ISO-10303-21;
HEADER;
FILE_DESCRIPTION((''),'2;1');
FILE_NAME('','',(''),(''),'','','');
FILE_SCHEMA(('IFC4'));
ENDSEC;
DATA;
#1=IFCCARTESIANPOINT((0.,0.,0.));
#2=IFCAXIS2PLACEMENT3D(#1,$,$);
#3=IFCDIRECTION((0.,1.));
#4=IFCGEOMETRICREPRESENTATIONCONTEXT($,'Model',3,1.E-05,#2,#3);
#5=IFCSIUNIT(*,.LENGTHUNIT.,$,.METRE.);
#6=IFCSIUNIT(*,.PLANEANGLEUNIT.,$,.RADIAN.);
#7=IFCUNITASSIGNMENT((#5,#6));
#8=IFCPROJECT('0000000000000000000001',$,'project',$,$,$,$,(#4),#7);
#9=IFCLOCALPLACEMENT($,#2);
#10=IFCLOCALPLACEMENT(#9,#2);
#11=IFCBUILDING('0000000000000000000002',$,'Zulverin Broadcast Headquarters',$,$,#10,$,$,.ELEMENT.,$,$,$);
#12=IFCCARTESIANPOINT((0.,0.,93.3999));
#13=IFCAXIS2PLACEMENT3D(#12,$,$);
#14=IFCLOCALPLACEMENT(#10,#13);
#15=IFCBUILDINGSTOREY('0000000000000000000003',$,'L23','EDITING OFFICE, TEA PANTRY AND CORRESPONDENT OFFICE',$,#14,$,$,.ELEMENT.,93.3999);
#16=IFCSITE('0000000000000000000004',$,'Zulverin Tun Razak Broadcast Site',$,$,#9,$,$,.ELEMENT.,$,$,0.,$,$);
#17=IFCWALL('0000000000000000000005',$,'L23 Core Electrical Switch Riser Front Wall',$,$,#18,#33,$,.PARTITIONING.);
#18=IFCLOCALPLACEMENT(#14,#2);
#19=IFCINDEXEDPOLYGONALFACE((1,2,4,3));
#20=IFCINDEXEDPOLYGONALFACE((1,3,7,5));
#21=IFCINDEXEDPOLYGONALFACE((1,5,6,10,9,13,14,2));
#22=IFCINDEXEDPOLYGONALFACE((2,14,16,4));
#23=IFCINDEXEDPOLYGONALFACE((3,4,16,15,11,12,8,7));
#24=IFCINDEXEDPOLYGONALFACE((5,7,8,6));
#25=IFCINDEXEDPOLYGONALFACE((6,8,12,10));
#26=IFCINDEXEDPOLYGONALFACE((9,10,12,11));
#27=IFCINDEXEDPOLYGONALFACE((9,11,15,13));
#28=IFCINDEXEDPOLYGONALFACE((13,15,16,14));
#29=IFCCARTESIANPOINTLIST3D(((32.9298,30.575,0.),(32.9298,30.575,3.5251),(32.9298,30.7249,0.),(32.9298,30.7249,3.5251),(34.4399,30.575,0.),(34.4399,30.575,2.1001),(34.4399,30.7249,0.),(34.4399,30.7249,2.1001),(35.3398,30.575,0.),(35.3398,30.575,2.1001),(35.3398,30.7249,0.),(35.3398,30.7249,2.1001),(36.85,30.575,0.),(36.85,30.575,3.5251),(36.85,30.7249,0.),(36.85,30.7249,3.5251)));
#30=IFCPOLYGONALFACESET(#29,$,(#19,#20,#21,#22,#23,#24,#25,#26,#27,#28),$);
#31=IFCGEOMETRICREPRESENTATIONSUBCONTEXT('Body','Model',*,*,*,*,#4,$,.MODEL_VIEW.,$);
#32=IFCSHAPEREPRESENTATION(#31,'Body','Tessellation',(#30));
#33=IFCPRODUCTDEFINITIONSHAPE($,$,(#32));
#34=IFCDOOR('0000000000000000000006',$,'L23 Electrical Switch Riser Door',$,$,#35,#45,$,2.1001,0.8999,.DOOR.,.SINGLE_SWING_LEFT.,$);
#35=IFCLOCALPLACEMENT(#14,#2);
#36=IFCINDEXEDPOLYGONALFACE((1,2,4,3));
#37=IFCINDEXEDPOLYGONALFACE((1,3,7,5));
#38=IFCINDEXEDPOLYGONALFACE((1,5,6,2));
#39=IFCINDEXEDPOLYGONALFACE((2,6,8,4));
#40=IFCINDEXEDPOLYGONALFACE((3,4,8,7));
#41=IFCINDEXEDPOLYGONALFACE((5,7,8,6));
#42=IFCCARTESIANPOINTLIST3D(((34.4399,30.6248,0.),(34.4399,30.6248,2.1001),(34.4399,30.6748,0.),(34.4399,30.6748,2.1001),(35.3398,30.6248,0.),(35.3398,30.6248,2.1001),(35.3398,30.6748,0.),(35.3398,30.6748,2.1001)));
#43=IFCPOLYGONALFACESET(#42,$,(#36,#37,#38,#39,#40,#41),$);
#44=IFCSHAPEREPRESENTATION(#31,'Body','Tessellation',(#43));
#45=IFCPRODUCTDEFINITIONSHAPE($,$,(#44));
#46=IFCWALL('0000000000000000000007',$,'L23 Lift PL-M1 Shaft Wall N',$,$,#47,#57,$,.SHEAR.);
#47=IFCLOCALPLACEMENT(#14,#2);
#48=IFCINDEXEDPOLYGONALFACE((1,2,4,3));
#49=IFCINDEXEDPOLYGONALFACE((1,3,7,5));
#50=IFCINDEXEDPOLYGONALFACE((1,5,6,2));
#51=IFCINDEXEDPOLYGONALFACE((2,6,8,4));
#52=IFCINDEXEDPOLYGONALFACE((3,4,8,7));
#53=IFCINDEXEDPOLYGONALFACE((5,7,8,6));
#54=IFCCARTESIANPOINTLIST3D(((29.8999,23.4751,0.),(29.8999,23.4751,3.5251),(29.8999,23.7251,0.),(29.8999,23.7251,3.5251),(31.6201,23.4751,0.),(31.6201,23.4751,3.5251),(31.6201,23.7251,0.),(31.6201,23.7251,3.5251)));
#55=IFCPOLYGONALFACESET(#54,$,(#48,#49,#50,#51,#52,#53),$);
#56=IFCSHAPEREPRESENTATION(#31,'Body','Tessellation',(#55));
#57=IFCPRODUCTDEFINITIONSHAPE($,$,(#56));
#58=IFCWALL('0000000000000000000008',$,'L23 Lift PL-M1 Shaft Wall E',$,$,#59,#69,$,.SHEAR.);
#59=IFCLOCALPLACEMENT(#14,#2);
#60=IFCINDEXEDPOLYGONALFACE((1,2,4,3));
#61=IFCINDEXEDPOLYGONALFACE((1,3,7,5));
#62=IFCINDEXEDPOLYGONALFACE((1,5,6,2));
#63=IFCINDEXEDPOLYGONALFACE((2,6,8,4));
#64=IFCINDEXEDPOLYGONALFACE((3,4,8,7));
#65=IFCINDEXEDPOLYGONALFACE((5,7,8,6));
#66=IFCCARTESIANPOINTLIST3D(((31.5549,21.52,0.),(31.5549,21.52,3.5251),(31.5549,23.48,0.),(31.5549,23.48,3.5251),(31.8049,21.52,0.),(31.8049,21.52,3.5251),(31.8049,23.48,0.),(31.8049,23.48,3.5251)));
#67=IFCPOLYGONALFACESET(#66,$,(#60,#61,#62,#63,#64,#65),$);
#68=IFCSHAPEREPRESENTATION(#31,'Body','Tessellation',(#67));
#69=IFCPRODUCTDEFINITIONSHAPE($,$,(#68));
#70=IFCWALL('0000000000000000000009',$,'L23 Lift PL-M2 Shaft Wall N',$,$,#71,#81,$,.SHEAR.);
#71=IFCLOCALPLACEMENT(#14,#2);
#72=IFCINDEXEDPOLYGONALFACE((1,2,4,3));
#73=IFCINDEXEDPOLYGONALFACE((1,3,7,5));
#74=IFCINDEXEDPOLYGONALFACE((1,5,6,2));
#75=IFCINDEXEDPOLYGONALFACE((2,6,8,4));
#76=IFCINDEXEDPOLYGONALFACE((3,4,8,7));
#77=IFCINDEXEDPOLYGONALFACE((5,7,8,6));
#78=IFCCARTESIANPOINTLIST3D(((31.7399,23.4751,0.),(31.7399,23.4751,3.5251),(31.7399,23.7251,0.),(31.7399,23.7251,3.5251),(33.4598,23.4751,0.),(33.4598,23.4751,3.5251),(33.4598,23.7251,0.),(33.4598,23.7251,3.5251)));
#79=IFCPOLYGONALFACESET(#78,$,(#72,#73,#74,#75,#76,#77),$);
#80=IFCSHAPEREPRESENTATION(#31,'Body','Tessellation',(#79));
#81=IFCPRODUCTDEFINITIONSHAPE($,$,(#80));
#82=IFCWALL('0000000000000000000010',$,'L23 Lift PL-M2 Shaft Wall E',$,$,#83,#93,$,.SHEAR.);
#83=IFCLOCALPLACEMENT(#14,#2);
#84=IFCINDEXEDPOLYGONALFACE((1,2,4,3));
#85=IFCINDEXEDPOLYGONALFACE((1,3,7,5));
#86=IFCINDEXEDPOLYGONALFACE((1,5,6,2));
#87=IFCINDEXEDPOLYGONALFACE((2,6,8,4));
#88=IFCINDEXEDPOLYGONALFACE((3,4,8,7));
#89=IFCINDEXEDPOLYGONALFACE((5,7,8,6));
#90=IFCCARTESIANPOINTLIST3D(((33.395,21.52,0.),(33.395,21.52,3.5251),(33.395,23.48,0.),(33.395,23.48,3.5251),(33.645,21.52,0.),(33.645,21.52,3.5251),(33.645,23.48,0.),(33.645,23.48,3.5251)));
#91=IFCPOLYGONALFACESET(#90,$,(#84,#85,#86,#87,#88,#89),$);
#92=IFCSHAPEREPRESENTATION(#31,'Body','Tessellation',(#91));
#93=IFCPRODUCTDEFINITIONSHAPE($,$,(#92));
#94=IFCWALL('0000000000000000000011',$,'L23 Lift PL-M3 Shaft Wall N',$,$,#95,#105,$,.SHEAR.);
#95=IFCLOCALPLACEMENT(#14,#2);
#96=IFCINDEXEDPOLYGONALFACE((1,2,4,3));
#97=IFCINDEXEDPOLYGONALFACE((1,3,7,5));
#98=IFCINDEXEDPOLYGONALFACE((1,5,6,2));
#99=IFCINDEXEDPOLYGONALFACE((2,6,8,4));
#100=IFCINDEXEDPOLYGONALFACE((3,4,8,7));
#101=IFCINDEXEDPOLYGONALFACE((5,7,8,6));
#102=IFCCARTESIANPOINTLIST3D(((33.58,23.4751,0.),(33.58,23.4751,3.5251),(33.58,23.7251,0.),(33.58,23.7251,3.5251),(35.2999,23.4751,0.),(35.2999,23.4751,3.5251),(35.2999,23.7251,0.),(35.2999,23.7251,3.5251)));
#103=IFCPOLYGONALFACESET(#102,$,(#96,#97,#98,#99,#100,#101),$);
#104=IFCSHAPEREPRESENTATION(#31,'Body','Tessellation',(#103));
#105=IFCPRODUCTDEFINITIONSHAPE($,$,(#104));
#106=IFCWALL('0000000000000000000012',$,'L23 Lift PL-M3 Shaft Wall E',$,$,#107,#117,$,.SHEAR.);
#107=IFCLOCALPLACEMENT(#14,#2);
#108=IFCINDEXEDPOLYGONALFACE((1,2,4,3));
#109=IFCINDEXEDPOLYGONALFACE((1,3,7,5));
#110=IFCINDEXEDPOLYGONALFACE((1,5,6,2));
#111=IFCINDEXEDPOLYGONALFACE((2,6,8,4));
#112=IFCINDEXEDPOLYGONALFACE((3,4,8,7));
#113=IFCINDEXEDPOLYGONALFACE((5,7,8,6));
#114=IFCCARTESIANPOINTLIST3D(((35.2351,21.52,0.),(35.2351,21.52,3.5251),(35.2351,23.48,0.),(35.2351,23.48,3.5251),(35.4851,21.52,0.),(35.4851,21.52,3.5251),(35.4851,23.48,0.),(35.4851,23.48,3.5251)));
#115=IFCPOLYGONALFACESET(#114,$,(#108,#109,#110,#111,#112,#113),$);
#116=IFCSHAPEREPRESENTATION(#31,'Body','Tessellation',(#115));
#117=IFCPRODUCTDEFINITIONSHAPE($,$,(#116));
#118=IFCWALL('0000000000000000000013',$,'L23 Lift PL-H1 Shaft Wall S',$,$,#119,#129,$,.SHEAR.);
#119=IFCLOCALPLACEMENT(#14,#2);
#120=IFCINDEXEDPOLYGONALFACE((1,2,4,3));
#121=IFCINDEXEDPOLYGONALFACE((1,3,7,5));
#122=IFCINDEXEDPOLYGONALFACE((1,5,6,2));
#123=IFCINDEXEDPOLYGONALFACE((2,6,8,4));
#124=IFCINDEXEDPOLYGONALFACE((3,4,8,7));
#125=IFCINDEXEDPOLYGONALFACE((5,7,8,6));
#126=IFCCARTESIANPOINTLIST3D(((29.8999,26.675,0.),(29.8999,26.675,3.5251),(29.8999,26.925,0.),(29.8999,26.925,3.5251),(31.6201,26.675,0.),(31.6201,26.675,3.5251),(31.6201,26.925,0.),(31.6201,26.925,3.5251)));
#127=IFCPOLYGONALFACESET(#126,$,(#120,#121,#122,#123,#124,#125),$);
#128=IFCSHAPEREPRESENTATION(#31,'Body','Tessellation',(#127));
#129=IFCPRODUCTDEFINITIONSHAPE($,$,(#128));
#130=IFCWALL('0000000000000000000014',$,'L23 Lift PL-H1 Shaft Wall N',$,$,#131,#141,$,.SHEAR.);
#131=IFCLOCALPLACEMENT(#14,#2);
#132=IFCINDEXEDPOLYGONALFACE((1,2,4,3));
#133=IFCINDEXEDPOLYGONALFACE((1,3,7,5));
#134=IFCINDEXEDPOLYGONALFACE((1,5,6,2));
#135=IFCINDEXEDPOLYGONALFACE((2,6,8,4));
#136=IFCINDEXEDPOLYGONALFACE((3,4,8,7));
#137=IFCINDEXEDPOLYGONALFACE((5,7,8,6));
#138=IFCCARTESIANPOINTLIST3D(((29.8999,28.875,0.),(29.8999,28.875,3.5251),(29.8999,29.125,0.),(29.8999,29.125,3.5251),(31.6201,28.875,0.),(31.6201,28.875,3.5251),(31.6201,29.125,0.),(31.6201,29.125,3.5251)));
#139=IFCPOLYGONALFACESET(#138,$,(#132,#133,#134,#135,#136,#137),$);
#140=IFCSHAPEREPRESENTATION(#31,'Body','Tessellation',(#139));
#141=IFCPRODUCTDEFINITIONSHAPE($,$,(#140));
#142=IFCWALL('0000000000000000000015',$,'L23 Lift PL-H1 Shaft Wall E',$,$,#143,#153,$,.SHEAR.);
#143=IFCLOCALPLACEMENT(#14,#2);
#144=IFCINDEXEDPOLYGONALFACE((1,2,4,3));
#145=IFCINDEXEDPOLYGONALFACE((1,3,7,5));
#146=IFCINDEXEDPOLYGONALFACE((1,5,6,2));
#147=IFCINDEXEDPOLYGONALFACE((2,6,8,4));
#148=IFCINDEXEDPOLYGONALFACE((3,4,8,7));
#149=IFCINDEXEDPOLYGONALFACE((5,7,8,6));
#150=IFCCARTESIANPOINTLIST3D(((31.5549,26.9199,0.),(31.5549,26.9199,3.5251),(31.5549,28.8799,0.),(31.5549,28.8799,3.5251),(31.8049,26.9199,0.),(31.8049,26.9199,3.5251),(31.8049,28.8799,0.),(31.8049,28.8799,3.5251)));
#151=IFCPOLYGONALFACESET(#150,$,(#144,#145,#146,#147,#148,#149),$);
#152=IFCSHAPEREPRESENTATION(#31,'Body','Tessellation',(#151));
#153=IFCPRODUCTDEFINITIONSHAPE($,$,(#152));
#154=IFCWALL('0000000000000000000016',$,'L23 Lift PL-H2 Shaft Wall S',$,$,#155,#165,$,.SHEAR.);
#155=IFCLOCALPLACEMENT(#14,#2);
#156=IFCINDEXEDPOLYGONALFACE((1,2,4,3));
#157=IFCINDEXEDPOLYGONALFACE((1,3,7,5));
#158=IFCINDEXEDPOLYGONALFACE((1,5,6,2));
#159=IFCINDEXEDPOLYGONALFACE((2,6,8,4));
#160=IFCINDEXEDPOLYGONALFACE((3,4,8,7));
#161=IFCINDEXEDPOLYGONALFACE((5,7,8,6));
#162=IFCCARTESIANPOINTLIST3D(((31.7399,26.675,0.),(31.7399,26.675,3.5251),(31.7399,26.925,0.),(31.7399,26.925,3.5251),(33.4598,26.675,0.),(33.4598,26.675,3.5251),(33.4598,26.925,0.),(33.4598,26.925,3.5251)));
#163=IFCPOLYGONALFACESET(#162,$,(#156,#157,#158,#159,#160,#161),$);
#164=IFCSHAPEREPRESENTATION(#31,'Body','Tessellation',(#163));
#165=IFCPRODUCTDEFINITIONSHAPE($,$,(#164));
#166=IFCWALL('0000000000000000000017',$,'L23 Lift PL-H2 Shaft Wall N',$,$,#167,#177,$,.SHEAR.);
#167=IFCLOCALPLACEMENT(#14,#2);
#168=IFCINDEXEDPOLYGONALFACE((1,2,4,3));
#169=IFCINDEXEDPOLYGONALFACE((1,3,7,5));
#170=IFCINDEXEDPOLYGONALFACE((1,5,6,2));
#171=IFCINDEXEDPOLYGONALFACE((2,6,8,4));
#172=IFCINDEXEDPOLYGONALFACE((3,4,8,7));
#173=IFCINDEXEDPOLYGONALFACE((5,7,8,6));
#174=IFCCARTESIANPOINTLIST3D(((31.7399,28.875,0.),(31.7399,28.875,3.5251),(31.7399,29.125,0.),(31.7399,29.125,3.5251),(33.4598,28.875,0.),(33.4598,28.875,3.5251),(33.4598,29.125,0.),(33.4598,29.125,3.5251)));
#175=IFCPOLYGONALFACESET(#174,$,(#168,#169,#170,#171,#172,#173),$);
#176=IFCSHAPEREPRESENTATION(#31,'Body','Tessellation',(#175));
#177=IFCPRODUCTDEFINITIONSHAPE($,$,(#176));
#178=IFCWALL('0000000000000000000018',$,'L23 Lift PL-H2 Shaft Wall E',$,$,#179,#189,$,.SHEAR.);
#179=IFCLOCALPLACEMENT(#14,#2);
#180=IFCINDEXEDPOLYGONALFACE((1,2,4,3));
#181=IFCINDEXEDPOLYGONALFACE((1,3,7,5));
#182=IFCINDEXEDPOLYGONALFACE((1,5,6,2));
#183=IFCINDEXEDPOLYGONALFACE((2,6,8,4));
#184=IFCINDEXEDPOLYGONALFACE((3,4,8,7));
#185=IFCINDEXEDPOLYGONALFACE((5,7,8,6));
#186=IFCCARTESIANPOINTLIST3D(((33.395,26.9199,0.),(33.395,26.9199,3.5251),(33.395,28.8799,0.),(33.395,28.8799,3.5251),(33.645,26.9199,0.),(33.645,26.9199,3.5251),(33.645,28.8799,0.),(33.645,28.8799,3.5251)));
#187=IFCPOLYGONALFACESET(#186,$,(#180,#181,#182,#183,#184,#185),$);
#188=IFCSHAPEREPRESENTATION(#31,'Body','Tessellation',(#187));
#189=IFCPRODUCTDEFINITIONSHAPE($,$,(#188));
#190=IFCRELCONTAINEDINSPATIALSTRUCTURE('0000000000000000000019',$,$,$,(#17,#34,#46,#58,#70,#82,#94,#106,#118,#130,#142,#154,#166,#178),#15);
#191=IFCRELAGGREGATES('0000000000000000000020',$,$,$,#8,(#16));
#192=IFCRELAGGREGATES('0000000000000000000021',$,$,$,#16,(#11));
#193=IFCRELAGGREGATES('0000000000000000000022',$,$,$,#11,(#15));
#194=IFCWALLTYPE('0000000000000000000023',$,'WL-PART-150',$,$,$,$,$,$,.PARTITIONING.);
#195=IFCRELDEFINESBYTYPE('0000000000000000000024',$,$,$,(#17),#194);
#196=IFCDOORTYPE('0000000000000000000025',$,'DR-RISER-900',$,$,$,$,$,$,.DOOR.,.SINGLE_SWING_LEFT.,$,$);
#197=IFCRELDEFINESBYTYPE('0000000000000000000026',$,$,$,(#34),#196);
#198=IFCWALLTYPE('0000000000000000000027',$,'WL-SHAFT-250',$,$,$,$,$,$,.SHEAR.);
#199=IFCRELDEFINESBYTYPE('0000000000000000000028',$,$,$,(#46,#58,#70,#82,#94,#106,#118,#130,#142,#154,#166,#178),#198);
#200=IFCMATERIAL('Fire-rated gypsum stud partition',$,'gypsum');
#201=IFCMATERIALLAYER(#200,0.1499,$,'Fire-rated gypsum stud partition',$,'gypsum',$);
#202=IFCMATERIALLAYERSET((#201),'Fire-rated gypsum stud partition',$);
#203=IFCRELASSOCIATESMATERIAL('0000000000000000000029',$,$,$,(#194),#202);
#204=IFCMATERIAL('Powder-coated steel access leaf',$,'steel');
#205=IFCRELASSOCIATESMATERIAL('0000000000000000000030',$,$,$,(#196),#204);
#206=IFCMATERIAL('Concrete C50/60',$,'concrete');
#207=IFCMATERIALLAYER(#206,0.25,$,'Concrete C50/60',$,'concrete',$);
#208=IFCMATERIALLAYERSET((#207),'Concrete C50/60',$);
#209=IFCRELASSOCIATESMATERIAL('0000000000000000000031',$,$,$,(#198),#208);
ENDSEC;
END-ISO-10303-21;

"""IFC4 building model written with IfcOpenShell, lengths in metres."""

from ifc_helpers import new_model, si_unit, direction, frame, frame_2d, origin, place, context, subcontext, project, spatial, rectangle, extrude, material, layer, layer_set, type_object, element, fill, save


model = new_model("IFC4")

# Units and contexts
model_context = context("Model", 3, precision=1e-05, world=origin(), true_north=direction((0.0, 1.0)))
body_context = subcontext(model_context, "Body", "Model", "MODEL_VIEW")
ifc_project = project(units=[si_unit("LENGTHUNIT", "METRE"), si_unit("PLANEANGLEUNIT", "RADIAN")], contexts=[model_context])

# Site, building, storey
site_placement = place(None, origin())
site = spatial("IfcSite", under=ifc_project, at=site_placement, Name="Zulverin Tun Razak Broadcast Site", CompositionType="ELEMENT", RefElevation=0.0)
building_placement = place(site_placement, origin())
building = spatial("IfcBuilding", under=site, at=building_placement, Name="Zulverin Broadcast Headquarters", CompositionType="ELEMENT")
storey_placement = place(building_placement, frame((0.0, 0.0, 93.3999)))
storey = spatial("IfcBuildingStorey", under=building, at=storey_placement, Name="L23", Description="EDITING OFFICE, TEA PANTRY AND CORRESPONDENT OFFICE", CompositionType="ELEMENT", Elevation=93.3999)

# Wall, opening, door
ifc_material_1 = material(Name="Fire-rated gypsum stud partition", Category="gypsum")
ifc_layer_1 = layer(ifc_material_1, 0.1499, Name="Fire-rated gypsum stud partition", Category="gypsum")
ifc_layer_set_1 = layer_set([ifc_layer_1], Name="Fire-rated gypsum stud partition")
wall_type_1 = type_object("IfcWallType", Name="WL-PART-150", PredefinedType="PARTITIONING", material=ifc_layer_set_1)
wall_1_placement = place(storey_placement, frame((32.9299, 30.6499, 0.0), z_axis=(0.0, 0.0, 1.0), x_axis=(1.0, 0.0, 0.0)))
wall_1 = element("IfcWall", 1, at=wall_1_placement, inside=storey, type_object=wall_type_1, Name="L23 Core Electrical Switch Riser Front Wall", PredefinedType="PARTITIONING", context=body_context, shape_type="SweptSolid", body=[
    extrude(rectangle(XDim=3.9202, YDim=0.1499, at=frame_2d((1.96, 0.0))), origin(), (0.0, 0.0, 1.0), 3.5251),
])
opening_1_placement = place(wall_1_placement, frame((1.51, 0.0, 0.0)))
opening_1 = element("IfcOpeningElement", 2, at=opening_1_placement, cuts=wall_1, PredefinedType="OPENING", context=body_context, shape_type="SweptSolid", body=[
    extrude(rectangle(XDim=0.8999, YDim=2.1001, at=frame_2d((0.45, 1.05))), frame((0.0, 0.085, 0.0), z_axis=(0.0, -1.0, 0.0), x_axis=(1.0, 0.0, 0.0)), (0.0, 0.0, 1.0), 0.1699),
])
ifc_material_2 = material(Name="Powder-coated steel access leaf", Category="steel")
door_type_1 = type_object("IfcDoorType", Name="DR-RISER-900", OperationType="SINGLE_SWING_LEFT", PredefinedType="DOOR", material=ifc_material_2)
door_1_placement = place(opening_1_placement, origin())
door_1 = element("IfcDoor", 3, at=door_1_placement, inside=storey, type_object=door_type_1, Name="L23 Electrical Switch Riser Door", OperationType="SINGLE_SWING_LEFT", OverallHeight=2.1001, OverallWidth=0.8999, PredefinedType="DOOR", context=body_context, shape_type="SweptSolid", body=[
    extrude(rectangle(XDim=0.8999, YDim=2.1001, at=frame_2d((0.45, 1.05))), frame((0.0, 0.0249, 0.0), z_axis=(0.0, -1.0, 0.0), x_axis=(1.0, 0.0, 0.0)), (0.0, 0.0, 1.0), 0.05),
])
fill(opening_1, door_1)

# Walls
ifc_material_3 = material(Name="Concrete C50/60", Category="concrete")
ifc_layer_2 = layer(ifc_material_3, 0.25, Name="Concrete C50/60", Category="concrete")
ifc_layer_set_2 = layer_set([ifc_layer_2], Name="Concrete C50/60")
wall_type_2 = type_object("IfcWallType", Name="WL-SHAFT-250", PredefinedType="SHEAR", material=ifc_layer_set_2)
wall_2_placement = place(storey_placement, frame((29.8999, 23.6001, 0.0), z_axis=(0.0, 0.0, 1.0), x_axis=(1.0, 0.0, 0.0)))
element("IfcWall", 4, at=wall_2_placement, inside=storey, type_object=wall_type_2, Name="L23 Lift PL-M1 Shaft Wall N", PredefinedType="SHEAR", context=body_context, shape_type="SweptSolid", body=[
    extrude(rectangle(XDim=1.7202, YDim=0.25, at=frame_2d((0.8601, 0.0))), origin(), (0.0, 0.0, 1.0), 3.5251),
])
wall_3_placement = place(storey_placement, frame((31.6799, 21.52, 0.0), z_axis=(0.0, 0.0, 1.0), x_axis=(0.0, 1.0, 0.0)))
element("IfcWall", 5, at=wall_3_placement, inside=storey, type_object=wall_type_2, Name="L23 Lift PL-M1 Shaft Wall E", PredefinedType="SHEAR", context=body_context, shape_type="SweptSolid", body=[
    extrude(rectangle(XDim=1.96, YDim=0.25, at=frame_2d((0.98, 0.0))), origin(), (0.0, 0.0, 1.0), 3.5251),
])
wall_4_placement = place(storey_placement, frame((31.74, 23.6001, 0.0), z_axis=(0.0, 0.0, 1.0), x_axis=(1.0, 0.0, 0.0)))
element("IfcWall", 6, at=wall_4_placement, inside=storey, type_object=wall_type_2, Name="L23 Lift PL-M2 Shaft Wall N", PredefinedType="SHEAR", context=body_context, shape_type="SweptSolid", body=[
    extrude(rectangle(XDim=1.72, YDim=0.25, at=frame_2d((0.8599, 0.0))), origin(), (0.0, 0.0, 1.0), 3.5251),
])
wall_5_placement = place(storey_placement, frame((33.52, 21.52, 0.0), z_axis=(0.0, 0.0, 1.0), x_axis=(0.0, 1.0, 0.0)))
element("IfcWall", 7, at=wall_5_placement, inside=storey, type_object=wall_type_2, Name="L23 Lift PL-M2 Shaft Wall E", PredefinedType="SHEAR", context=body_context, shape_type="SweptSolid", body=[
    extrude(rectangle(XDim=1.96, YDim=0.25, at=frame_2d((0.98, 0.0))), origin(), (0.0, 0.0, 1.0), 3.5251),
])
wall_6_placement = place(storey_placement, frame((33.5801, 23.6001, 0.0), z_axis=(0.0, 0.0, 1.0), x_axis=(1.0, 0.0, 0.0)))
element("IfcWall", 8, at=wall_6_placement, inside=storey, type_object=wall_type_2, Name="L23 Lift PL-M3 Shaft Wall N", PredefinedType="SHEAR", context=body_context, shape_type="SweptSolid", body=[
    extrude(rectangle(XDim=1.72, YDim=0.25, at=frame_2d((0.8599, 0.0))), origin(), (0.0, 0.0, 1.0), 3.5251),
])
wall_7_placement = place(storey_placement, frame((35.3601, 21.52, 0.0), z_axis=(0.0, 0.0, 1.0), x_axis=(0.0, 1.0, 0.0)))
element("IfcWall", 9, at=wall_7_placement, inside=storey, type_object=wall_type_2, Name="L23 Lift PL-M3 Shaft Wall E", PredefinedType="SHEAR", context=body_context, shape_type="SweptSolid", body=[
    extrude(rectangle(XDim=1.96, YDim=0.25, at=frame_2d((0.98, 0.0))), origin(), (0.0, 0.0, 1.0), 3.5251),
])
for number, where, z_axis, x_axis, name in (
    (10, (29.8999, 26.8, 0.0), (0.0, 0.0, 1.0), (1.0, 0.0, 0.0), "L23 Lift PL-H1 Shaft Wall S"),
    (11, (29.8999, 29.0, 0.0), (0.0, 0.0, 1.0), (1.0, 0.0, 0.0), "L23 Lift PL-H1 Shaft Wall N"),
):
    element("IfcWall", number, at=place(storey_placement, frame(where, z_axis=z_axis, x_axis=x_axis)), inside=storey, type_object=wall_type_2, Name=name, PredefinedType="SHEAR", context=body_context, shape_type="SweptSolid", body=[
        extrude(rectangle(XDim=1.7202, YDim=0.25, at=frame_2d((0.8601, 0.0))), origin(), (0.0, 0.0, 1.0), 3.5251),
    ])
wall_8_placement = place(storey_placement, frame((31.6799, 26.9199, 0.0), z_axis=(0.0, 0.0, 1.0), x_axis=(0.0, 1.0, 0.0)))
element("IfcWall", 12, at=wall_8_placement, inside=storey, type_object=wall_type_2, Name="L23 Lift PL-H1 Shaft Wall E", PredefinedType="SHEAR", context=body_context, shape_type="SweptSolid", body=[
    extrude(rectangle(XDim=1.96, YDim=0.25, at=frame_2d((0.98, 0.0))), origin(), (0.0, 0.0, 1.0), 3.5251),
])
for number, where, z_axis, x_axis, name in (
    (13, (31.74, 26.8, 0.0), (0.0, 0.0, 1.0), (1.0, 0.0, 0.0), "L23 Lift PL-H2 Shaft Wall S"),
    (14, (31.74, 29.0, 0.0), (0.0, 0.0, 1.0), (1.0, 0.0, 0.0), "L23 Lift PL-H2 Shaft Wall N"),
):
    element("IfcWall", number, at=place(storey_placement, frame(where, z_axis=z_axis, x_axis=x_axis)), inside=storey, type_object=wall_type_2, Name=name, PredefinedType="SHEAR", context=body_context, shape_type="SweptSolid", body=[
        extrude(rectangle(XDim=1.72, YDim=0.25, at=frame_2d((0.8599, 0.0))), origin(), (0.0, 0.0, 1.0), 3.5251),
    ])
wall_9_placement = place(storey_placement, frame((33.52, 26.9199, 0.0), z_axis=(0.0, 0.0, 1.0), x_axis=(0.0, 1.0, 0.0)))
element("IfcWall", 15, at=wall_9_placement, inside=storey, type_object=wall_type_2, Name="L23 Lift PL-H2 Shaft Wall E", PredefinedType="SHEAR", context=body_context, shape_type="SweptSolid", body=[
    extrude(rectangle(XDim=1.96, YDim=0.25, at=frame_2d((0.98, 0.0))), origin(), (0.0, 0.0, 1.0), 3.5251),
])

save(model, "model.ifc")
